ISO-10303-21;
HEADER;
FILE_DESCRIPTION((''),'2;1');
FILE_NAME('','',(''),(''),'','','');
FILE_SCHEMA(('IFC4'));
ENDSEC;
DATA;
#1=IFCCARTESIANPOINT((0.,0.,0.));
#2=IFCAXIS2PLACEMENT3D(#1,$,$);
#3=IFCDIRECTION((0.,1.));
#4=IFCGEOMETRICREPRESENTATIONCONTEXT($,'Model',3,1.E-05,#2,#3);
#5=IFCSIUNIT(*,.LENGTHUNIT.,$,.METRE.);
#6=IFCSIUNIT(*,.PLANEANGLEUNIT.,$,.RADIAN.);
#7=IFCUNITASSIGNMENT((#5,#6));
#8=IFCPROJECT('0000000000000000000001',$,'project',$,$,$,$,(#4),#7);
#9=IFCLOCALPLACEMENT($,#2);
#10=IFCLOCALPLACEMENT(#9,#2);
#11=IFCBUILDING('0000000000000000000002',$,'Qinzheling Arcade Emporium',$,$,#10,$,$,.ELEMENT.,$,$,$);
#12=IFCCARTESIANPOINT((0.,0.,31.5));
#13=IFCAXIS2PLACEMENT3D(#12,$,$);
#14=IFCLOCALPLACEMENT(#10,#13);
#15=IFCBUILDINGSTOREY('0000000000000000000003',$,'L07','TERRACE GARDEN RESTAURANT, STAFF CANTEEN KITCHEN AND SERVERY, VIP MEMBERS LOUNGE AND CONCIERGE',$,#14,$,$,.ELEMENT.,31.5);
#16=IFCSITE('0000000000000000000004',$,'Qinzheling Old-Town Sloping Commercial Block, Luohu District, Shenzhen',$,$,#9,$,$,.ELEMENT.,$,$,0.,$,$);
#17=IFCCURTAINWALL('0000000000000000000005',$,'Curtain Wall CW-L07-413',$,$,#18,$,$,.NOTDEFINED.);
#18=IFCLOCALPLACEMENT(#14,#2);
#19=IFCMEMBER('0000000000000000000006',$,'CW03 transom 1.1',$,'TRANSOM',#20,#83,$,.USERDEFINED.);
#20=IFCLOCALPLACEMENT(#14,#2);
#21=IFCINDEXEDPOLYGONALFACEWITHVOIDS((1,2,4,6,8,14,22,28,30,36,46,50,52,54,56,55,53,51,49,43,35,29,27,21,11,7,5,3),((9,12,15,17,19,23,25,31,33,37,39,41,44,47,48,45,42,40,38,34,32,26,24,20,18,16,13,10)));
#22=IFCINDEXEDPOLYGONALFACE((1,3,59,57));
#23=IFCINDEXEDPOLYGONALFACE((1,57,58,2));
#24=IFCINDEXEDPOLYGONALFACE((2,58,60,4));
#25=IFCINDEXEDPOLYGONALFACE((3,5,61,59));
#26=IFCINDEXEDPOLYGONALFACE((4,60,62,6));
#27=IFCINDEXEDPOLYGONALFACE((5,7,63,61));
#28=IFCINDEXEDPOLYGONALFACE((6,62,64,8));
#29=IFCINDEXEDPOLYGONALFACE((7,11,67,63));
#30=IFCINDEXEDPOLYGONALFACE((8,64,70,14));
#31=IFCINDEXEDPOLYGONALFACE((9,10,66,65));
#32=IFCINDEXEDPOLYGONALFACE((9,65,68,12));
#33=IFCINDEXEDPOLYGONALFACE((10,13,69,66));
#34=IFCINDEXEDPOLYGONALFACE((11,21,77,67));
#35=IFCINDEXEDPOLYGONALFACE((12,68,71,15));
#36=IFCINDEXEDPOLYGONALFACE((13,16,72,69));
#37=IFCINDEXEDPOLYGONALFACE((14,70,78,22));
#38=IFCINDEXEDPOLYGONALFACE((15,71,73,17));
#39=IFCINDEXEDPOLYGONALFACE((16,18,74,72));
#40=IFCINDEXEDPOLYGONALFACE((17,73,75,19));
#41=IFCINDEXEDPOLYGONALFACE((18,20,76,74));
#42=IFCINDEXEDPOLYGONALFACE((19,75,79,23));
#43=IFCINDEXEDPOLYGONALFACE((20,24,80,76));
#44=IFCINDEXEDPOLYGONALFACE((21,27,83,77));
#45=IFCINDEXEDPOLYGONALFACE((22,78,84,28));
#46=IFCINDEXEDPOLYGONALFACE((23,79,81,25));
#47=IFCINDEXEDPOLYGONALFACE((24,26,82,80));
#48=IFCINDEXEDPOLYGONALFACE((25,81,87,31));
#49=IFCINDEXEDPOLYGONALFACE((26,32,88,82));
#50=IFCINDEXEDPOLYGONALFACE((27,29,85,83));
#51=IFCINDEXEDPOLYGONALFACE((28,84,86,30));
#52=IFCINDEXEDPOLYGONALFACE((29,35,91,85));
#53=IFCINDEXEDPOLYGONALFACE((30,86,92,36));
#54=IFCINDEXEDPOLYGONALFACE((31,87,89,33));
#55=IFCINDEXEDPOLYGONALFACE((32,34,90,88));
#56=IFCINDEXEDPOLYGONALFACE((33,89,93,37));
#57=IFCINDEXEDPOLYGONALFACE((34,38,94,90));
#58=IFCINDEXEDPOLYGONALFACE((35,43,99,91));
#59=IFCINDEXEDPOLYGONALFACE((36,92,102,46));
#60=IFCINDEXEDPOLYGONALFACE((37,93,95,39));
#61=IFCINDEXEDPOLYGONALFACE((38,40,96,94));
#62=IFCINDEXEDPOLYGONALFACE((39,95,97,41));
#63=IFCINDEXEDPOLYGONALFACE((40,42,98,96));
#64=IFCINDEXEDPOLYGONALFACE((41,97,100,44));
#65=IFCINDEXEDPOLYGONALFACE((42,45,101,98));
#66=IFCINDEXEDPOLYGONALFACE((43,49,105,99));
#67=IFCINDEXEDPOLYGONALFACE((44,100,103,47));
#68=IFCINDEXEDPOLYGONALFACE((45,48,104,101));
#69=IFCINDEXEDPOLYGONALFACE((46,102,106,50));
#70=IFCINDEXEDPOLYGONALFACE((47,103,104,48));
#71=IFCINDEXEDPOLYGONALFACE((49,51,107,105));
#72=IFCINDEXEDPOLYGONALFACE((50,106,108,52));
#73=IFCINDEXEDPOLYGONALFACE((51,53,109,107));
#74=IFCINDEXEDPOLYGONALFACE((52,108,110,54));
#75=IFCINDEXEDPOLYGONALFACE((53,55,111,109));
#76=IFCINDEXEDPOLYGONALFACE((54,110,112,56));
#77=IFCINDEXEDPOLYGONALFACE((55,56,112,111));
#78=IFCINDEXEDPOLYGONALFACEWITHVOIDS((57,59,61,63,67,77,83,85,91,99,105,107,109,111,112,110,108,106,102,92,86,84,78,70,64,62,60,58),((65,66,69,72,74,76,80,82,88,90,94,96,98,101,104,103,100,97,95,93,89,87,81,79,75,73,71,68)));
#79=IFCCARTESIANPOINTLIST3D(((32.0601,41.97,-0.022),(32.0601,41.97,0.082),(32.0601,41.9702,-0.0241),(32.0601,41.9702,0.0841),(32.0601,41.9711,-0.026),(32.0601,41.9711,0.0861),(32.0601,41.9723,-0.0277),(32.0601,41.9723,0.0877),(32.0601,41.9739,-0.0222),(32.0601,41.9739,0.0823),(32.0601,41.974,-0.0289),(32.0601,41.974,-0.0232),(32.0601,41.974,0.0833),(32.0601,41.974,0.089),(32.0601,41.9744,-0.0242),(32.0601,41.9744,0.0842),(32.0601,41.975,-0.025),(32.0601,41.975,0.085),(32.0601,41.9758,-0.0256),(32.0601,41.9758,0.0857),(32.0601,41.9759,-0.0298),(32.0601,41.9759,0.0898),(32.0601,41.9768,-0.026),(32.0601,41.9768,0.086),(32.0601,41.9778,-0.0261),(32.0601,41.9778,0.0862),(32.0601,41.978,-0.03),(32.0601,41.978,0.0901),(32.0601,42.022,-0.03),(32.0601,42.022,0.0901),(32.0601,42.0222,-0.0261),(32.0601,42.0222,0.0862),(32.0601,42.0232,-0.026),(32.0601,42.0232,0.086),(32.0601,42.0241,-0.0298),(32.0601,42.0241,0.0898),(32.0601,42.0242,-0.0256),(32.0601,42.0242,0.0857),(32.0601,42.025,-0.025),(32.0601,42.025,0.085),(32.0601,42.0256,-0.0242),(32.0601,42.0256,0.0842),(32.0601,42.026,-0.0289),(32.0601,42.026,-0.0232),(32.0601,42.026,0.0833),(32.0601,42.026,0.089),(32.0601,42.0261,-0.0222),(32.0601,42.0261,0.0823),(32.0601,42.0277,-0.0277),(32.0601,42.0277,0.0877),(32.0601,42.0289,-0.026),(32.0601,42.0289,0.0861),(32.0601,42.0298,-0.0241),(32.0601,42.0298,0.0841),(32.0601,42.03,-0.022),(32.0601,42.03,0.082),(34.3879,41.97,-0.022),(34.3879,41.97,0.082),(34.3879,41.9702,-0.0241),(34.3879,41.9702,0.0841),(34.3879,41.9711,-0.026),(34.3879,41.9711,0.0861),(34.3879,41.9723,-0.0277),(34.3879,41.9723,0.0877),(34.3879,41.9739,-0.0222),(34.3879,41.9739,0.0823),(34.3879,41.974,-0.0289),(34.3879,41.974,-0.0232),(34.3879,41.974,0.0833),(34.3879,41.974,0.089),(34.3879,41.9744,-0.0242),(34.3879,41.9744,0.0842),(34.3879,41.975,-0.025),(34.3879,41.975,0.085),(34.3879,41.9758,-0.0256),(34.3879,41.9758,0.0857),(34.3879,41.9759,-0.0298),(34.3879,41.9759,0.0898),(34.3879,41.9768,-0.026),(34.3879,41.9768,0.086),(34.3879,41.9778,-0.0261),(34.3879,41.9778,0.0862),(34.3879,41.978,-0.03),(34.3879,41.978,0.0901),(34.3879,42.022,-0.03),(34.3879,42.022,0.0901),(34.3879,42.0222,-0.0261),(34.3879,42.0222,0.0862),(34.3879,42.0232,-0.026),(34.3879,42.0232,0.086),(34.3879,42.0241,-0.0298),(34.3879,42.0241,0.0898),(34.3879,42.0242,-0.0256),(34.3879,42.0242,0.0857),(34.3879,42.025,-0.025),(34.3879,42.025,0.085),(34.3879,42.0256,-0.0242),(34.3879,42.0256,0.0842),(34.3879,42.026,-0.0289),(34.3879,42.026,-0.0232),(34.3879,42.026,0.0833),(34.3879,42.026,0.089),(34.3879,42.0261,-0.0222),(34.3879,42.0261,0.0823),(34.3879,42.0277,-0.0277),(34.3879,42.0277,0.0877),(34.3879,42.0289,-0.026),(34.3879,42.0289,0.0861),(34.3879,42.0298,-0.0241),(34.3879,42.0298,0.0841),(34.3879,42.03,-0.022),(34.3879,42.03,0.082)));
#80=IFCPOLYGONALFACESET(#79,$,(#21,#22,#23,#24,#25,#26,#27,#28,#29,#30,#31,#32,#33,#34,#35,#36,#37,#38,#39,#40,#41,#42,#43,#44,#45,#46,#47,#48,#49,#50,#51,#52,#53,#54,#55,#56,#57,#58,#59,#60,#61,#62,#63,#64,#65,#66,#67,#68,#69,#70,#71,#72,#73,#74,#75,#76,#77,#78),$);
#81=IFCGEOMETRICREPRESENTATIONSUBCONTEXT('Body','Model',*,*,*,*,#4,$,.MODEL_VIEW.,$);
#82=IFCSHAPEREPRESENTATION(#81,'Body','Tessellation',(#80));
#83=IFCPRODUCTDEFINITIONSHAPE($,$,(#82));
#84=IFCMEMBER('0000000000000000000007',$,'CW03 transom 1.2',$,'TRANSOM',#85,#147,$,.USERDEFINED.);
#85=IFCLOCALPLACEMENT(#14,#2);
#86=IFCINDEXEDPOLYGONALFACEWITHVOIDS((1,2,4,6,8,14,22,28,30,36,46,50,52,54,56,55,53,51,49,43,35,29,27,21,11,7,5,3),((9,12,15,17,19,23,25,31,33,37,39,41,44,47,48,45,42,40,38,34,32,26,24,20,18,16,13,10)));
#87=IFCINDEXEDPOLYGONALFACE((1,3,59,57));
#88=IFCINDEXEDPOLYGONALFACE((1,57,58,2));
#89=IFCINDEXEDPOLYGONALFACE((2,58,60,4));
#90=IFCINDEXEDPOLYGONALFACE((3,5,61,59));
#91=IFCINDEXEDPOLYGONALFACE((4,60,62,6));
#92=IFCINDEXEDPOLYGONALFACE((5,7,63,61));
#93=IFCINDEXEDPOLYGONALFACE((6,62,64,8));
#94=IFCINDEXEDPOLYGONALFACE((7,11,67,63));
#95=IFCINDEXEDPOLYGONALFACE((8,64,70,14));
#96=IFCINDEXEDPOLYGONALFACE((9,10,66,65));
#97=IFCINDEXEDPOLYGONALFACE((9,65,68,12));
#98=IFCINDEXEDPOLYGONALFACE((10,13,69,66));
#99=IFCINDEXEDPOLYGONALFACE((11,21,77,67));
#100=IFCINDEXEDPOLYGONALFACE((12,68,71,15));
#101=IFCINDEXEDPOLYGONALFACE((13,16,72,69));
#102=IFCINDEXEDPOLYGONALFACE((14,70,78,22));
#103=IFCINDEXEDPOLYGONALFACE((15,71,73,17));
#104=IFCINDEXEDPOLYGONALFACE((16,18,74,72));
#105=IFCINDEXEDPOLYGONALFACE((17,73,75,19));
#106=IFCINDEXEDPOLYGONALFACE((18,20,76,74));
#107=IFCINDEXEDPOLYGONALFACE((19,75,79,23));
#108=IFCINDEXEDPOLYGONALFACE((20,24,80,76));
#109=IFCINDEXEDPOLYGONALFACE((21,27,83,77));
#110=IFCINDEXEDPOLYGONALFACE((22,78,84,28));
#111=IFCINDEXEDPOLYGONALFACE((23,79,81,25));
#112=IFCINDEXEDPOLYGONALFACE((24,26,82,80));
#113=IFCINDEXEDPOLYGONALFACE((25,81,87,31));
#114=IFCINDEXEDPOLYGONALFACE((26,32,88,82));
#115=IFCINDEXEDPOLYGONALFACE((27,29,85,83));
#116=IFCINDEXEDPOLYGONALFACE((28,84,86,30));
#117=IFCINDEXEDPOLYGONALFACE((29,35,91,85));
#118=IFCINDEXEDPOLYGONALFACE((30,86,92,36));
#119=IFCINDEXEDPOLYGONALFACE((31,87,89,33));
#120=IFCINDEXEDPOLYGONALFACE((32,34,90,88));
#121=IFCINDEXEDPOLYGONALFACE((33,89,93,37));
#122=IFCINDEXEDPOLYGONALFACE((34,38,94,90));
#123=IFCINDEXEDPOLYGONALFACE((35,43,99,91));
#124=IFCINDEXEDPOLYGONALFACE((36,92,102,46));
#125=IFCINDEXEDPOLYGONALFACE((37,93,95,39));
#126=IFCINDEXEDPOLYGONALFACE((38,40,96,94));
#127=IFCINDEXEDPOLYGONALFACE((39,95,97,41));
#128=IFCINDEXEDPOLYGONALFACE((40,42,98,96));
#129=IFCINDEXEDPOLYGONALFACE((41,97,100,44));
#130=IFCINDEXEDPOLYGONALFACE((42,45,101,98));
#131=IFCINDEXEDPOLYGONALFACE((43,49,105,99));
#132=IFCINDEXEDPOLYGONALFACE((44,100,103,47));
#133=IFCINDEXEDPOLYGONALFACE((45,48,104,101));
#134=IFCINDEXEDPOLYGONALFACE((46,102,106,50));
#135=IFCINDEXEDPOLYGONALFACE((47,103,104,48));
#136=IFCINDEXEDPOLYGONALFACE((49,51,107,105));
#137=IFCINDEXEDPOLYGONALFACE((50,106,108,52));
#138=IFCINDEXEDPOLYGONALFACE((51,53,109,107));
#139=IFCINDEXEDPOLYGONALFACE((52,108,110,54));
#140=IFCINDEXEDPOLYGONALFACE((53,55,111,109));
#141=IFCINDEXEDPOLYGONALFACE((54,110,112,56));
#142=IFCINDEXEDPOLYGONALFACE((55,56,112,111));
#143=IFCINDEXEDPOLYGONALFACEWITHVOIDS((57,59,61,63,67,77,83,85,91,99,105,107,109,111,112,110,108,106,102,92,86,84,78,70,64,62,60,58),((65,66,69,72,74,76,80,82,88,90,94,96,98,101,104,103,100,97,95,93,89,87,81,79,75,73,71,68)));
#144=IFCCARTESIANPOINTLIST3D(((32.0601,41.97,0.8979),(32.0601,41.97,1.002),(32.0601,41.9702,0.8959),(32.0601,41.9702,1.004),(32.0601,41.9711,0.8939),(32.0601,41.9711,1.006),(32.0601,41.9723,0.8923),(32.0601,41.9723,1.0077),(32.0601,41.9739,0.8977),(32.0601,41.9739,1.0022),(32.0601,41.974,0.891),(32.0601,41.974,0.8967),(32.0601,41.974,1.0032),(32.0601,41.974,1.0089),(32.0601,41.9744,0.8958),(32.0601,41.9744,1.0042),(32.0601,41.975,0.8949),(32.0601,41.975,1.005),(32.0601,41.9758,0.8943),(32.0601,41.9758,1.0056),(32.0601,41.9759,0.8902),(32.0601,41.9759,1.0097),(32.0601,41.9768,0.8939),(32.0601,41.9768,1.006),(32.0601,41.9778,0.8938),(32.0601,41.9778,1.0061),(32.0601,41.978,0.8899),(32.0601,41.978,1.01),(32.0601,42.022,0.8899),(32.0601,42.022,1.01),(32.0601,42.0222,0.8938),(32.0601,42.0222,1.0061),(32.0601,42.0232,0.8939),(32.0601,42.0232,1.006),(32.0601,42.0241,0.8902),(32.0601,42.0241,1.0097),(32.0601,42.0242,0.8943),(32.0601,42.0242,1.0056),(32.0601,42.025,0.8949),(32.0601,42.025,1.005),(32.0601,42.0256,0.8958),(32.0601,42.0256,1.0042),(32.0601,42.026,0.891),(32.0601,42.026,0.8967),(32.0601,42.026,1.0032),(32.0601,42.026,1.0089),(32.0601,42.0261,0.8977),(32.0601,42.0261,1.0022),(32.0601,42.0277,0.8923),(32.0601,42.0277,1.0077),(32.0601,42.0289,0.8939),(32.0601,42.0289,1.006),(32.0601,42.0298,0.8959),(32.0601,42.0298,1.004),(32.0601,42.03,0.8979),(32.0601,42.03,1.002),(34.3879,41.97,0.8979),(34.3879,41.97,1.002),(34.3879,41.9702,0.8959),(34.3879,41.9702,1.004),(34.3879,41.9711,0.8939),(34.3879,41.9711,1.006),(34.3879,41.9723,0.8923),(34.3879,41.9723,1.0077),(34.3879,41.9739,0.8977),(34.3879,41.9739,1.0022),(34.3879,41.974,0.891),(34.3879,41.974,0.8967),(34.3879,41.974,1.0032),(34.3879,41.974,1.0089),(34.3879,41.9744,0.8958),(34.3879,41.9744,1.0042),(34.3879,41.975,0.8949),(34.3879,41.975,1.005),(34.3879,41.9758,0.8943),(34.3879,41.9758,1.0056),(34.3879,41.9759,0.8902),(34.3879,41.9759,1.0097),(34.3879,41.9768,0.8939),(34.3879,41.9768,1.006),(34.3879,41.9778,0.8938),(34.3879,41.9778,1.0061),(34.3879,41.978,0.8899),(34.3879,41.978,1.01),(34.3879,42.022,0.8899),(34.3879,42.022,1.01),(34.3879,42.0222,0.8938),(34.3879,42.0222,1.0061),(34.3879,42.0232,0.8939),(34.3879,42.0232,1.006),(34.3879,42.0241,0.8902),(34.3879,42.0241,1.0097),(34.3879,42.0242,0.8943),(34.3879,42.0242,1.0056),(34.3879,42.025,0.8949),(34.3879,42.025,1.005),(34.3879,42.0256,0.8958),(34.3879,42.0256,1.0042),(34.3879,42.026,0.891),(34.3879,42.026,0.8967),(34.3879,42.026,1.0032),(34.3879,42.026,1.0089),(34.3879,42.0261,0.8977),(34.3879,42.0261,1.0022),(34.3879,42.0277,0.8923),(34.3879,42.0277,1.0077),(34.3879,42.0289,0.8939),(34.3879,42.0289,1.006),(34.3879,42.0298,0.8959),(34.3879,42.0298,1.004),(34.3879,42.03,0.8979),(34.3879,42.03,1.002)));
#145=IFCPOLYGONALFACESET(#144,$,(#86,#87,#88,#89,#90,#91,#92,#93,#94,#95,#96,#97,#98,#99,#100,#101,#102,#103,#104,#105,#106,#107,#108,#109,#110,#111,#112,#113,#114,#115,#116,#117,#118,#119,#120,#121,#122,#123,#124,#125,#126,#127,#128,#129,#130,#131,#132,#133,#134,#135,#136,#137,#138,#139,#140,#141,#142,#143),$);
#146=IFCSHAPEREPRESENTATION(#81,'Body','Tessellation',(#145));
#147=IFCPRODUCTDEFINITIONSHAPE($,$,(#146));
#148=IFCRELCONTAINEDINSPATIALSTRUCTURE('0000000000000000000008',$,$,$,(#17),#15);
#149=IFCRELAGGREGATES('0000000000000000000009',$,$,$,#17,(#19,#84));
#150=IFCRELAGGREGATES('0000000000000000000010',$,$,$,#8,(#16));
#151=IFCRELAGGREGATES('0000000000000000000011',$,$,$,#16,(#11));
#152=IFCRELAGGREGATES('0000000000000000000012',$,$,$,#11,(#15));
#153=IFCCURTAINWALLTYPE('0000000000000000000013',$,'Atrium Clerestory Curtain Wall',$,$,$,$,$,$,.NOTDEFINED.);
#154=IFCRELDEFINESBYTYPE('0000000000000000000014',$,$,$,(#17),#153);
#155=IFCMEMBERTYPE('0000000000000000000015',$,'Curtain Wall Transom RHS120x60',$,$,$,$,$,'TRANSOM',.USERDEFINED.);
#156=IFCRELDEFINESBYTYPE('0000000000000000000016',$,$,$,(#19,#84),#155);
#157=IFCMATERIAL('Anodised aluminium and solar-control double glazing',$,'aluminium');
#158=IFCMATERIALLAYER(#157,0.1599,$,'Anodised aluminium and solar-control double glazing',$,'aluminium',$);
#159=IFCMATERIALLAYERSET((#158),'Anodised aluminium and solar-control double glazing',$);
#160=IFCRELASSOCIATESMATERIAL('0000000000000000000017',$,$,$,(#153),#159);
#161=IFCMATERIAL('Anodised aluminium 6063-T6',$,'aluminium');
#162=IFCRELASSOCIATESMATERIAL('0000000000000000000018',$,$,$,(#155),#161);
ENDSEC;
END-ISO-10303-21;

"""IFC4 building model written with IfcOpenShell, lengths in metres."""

from ifc_helpers import new_model, si_unit, direction, frame, origin, origin_2d, place, context, subcontext, project, spatial, hollow_rectangle, extrude, material, layer, layer_set, material_profile, profile_set, type_object, element, aggregate, save


model = new_model("IFC4")

# Units and contexts
model_context = context("Model", 3, precision=1e-05, world=origin(), true_north=direction((0.0, 1.0)))
body_context = subcontext(model_context, "Body", "Model", "MODEL_VIEW")
ifc_project = project(units=[si_unit("LENGTHUNIT", "METRE"), si_unit("PLANEANGLEUNIT", "RADIAN")], contexts=[model_context])

# Site, building, storey
site_placement = place(None, origin())
site = spatial("IfcSite", under=ifc_project, at=site_placement, Name="Qinzheling Old-Town Sloping Commercial Block, Luohu District, Shenzhen", CompositionType="ELEMENT", RefElevation=0.0)
building_placement = place(site_placement, origin())
building = spatial("IfcBuilding", under=site, at=building_placement, Name="Qinzheling Arcade Emporium", CompositionType="ELEMENT")
storey_placement = place(building_placement, frame((0.0, 0.0, 31.5)))
storey = spatial("IfcBuildingStorey", under=building, at=storey_placement, Name="L07", Description="TERRACE GARDEN RESTAURANT, STAFF CANTEEN KITCHEN AND SERVERY, VIP MEMBERS LOUNGE AND CONCIERGE", CompositionType="ELEMENT", Elevation=31.5)

# Shared definitions
ifc_material_1 = material(Name="Anodised aluminium and solar-control double glazing", Category="aluminium")
ifc_layer_1 = layer(ifc_material_1, 0.1599, Name="Anodised aluminium and solar-control double glazing", Category="aluminium")
ifc_layer_set_1 = layer_set([ifc_layer_1], Name="Anodised aluminium and solar-control double glazing")
curtain_wall_type = type_object("IfcCurtainWallType", Name="Atrium Clerestory Curtain Wall", PredefinedType="NOTDEFINED", material=ifc_layer_set_1)
ifc_material_2 = material(Name="Anodised aluminium 6063-T6", Category="aluminium")

# Curtain wall, members
curtain_wall_1_placement = place(storey_placement, origin())
curtain_wall_1 = element("IfcCurtainWall", 1, at=curtain_wall_1_placement, inside=storey, type_object=curtain_wall_type, Name="Curtain Wall CW-L07-413", PredefinedType="NOTDEFINED")
ifc_material_profile_1 = material_profile(ifc_material_2, hollow_rectangle(XDim=0.0601, YDim=0.1201, WallThickness=0.0039, InnerFilletRadius=0.0039, OuterFilletRadius=0.0081, at=origin_2d()), Name="RHS 120x60x4", Category="aluminium")
ifc_profile_set_1 = profile_set([ifc_material_profile_1], Name="Anodised aluminium 6063-T6")
member_type_1 = type_object("IfcMemberType", Name="Curtain Wall Transom RHS120x60", ElementType="TRANSOM", PredefinedType="USERDEFINED", material=ifc_profile_set_1)
member_1_placement = place(storey_placement, frame((32.0601, 42.0, 0.03), z_axis=(1.0, 0.0, 0.0), x_axis=(0.0, 1.0, 0.0)))
member_1 = element("IfcMember", 2, at=member_1_placement, type_object=member_type_1, Name="CW03 transom 1.1", ObjectType="TRANSOM", PredefinedType="USERDEFINED", context=body_context, shape_type="SweptSolid", body=[
    extrude(hollow_rectangle(XDim=0.0601, YDim=0.1201, WallThickness=0.0039, InnerFilletRadius=0.0039, OuterFilletRadius=0.0081, at=origin_2d()), origin(), (0.0, 0.0, 1.0), 2.3279),
])
member_2_placement = place(storey_placement, frame((32.0601, 42.0, 0.95), z_axis=(1.0, 0.0, 0.0), x_axis=(0.0, 1.0, 0.0)))
member_2 = element("IfcMember", 3, at=member_2_placement, type_object=member_type_1, Name="CW03 transom 1.2", ObjectType="TRANSOM", PredefinedType="USERDEFINED", context=body_context, shape_type="SweptSolid", body=[
    extrude(hollow_rectangle(XDim=0.0601, YDim=0.1201, WallThickness=0.0039, InnerFilletRadius=0.0039, OuterFilletRadius=0.0081, at=origin_2d()), origin(), (0.0, 0.0, 1.0), 2.3279),
])

aggregate(curtain_wall_1, [member_1, member_2])

save(model, "model.ifc")
